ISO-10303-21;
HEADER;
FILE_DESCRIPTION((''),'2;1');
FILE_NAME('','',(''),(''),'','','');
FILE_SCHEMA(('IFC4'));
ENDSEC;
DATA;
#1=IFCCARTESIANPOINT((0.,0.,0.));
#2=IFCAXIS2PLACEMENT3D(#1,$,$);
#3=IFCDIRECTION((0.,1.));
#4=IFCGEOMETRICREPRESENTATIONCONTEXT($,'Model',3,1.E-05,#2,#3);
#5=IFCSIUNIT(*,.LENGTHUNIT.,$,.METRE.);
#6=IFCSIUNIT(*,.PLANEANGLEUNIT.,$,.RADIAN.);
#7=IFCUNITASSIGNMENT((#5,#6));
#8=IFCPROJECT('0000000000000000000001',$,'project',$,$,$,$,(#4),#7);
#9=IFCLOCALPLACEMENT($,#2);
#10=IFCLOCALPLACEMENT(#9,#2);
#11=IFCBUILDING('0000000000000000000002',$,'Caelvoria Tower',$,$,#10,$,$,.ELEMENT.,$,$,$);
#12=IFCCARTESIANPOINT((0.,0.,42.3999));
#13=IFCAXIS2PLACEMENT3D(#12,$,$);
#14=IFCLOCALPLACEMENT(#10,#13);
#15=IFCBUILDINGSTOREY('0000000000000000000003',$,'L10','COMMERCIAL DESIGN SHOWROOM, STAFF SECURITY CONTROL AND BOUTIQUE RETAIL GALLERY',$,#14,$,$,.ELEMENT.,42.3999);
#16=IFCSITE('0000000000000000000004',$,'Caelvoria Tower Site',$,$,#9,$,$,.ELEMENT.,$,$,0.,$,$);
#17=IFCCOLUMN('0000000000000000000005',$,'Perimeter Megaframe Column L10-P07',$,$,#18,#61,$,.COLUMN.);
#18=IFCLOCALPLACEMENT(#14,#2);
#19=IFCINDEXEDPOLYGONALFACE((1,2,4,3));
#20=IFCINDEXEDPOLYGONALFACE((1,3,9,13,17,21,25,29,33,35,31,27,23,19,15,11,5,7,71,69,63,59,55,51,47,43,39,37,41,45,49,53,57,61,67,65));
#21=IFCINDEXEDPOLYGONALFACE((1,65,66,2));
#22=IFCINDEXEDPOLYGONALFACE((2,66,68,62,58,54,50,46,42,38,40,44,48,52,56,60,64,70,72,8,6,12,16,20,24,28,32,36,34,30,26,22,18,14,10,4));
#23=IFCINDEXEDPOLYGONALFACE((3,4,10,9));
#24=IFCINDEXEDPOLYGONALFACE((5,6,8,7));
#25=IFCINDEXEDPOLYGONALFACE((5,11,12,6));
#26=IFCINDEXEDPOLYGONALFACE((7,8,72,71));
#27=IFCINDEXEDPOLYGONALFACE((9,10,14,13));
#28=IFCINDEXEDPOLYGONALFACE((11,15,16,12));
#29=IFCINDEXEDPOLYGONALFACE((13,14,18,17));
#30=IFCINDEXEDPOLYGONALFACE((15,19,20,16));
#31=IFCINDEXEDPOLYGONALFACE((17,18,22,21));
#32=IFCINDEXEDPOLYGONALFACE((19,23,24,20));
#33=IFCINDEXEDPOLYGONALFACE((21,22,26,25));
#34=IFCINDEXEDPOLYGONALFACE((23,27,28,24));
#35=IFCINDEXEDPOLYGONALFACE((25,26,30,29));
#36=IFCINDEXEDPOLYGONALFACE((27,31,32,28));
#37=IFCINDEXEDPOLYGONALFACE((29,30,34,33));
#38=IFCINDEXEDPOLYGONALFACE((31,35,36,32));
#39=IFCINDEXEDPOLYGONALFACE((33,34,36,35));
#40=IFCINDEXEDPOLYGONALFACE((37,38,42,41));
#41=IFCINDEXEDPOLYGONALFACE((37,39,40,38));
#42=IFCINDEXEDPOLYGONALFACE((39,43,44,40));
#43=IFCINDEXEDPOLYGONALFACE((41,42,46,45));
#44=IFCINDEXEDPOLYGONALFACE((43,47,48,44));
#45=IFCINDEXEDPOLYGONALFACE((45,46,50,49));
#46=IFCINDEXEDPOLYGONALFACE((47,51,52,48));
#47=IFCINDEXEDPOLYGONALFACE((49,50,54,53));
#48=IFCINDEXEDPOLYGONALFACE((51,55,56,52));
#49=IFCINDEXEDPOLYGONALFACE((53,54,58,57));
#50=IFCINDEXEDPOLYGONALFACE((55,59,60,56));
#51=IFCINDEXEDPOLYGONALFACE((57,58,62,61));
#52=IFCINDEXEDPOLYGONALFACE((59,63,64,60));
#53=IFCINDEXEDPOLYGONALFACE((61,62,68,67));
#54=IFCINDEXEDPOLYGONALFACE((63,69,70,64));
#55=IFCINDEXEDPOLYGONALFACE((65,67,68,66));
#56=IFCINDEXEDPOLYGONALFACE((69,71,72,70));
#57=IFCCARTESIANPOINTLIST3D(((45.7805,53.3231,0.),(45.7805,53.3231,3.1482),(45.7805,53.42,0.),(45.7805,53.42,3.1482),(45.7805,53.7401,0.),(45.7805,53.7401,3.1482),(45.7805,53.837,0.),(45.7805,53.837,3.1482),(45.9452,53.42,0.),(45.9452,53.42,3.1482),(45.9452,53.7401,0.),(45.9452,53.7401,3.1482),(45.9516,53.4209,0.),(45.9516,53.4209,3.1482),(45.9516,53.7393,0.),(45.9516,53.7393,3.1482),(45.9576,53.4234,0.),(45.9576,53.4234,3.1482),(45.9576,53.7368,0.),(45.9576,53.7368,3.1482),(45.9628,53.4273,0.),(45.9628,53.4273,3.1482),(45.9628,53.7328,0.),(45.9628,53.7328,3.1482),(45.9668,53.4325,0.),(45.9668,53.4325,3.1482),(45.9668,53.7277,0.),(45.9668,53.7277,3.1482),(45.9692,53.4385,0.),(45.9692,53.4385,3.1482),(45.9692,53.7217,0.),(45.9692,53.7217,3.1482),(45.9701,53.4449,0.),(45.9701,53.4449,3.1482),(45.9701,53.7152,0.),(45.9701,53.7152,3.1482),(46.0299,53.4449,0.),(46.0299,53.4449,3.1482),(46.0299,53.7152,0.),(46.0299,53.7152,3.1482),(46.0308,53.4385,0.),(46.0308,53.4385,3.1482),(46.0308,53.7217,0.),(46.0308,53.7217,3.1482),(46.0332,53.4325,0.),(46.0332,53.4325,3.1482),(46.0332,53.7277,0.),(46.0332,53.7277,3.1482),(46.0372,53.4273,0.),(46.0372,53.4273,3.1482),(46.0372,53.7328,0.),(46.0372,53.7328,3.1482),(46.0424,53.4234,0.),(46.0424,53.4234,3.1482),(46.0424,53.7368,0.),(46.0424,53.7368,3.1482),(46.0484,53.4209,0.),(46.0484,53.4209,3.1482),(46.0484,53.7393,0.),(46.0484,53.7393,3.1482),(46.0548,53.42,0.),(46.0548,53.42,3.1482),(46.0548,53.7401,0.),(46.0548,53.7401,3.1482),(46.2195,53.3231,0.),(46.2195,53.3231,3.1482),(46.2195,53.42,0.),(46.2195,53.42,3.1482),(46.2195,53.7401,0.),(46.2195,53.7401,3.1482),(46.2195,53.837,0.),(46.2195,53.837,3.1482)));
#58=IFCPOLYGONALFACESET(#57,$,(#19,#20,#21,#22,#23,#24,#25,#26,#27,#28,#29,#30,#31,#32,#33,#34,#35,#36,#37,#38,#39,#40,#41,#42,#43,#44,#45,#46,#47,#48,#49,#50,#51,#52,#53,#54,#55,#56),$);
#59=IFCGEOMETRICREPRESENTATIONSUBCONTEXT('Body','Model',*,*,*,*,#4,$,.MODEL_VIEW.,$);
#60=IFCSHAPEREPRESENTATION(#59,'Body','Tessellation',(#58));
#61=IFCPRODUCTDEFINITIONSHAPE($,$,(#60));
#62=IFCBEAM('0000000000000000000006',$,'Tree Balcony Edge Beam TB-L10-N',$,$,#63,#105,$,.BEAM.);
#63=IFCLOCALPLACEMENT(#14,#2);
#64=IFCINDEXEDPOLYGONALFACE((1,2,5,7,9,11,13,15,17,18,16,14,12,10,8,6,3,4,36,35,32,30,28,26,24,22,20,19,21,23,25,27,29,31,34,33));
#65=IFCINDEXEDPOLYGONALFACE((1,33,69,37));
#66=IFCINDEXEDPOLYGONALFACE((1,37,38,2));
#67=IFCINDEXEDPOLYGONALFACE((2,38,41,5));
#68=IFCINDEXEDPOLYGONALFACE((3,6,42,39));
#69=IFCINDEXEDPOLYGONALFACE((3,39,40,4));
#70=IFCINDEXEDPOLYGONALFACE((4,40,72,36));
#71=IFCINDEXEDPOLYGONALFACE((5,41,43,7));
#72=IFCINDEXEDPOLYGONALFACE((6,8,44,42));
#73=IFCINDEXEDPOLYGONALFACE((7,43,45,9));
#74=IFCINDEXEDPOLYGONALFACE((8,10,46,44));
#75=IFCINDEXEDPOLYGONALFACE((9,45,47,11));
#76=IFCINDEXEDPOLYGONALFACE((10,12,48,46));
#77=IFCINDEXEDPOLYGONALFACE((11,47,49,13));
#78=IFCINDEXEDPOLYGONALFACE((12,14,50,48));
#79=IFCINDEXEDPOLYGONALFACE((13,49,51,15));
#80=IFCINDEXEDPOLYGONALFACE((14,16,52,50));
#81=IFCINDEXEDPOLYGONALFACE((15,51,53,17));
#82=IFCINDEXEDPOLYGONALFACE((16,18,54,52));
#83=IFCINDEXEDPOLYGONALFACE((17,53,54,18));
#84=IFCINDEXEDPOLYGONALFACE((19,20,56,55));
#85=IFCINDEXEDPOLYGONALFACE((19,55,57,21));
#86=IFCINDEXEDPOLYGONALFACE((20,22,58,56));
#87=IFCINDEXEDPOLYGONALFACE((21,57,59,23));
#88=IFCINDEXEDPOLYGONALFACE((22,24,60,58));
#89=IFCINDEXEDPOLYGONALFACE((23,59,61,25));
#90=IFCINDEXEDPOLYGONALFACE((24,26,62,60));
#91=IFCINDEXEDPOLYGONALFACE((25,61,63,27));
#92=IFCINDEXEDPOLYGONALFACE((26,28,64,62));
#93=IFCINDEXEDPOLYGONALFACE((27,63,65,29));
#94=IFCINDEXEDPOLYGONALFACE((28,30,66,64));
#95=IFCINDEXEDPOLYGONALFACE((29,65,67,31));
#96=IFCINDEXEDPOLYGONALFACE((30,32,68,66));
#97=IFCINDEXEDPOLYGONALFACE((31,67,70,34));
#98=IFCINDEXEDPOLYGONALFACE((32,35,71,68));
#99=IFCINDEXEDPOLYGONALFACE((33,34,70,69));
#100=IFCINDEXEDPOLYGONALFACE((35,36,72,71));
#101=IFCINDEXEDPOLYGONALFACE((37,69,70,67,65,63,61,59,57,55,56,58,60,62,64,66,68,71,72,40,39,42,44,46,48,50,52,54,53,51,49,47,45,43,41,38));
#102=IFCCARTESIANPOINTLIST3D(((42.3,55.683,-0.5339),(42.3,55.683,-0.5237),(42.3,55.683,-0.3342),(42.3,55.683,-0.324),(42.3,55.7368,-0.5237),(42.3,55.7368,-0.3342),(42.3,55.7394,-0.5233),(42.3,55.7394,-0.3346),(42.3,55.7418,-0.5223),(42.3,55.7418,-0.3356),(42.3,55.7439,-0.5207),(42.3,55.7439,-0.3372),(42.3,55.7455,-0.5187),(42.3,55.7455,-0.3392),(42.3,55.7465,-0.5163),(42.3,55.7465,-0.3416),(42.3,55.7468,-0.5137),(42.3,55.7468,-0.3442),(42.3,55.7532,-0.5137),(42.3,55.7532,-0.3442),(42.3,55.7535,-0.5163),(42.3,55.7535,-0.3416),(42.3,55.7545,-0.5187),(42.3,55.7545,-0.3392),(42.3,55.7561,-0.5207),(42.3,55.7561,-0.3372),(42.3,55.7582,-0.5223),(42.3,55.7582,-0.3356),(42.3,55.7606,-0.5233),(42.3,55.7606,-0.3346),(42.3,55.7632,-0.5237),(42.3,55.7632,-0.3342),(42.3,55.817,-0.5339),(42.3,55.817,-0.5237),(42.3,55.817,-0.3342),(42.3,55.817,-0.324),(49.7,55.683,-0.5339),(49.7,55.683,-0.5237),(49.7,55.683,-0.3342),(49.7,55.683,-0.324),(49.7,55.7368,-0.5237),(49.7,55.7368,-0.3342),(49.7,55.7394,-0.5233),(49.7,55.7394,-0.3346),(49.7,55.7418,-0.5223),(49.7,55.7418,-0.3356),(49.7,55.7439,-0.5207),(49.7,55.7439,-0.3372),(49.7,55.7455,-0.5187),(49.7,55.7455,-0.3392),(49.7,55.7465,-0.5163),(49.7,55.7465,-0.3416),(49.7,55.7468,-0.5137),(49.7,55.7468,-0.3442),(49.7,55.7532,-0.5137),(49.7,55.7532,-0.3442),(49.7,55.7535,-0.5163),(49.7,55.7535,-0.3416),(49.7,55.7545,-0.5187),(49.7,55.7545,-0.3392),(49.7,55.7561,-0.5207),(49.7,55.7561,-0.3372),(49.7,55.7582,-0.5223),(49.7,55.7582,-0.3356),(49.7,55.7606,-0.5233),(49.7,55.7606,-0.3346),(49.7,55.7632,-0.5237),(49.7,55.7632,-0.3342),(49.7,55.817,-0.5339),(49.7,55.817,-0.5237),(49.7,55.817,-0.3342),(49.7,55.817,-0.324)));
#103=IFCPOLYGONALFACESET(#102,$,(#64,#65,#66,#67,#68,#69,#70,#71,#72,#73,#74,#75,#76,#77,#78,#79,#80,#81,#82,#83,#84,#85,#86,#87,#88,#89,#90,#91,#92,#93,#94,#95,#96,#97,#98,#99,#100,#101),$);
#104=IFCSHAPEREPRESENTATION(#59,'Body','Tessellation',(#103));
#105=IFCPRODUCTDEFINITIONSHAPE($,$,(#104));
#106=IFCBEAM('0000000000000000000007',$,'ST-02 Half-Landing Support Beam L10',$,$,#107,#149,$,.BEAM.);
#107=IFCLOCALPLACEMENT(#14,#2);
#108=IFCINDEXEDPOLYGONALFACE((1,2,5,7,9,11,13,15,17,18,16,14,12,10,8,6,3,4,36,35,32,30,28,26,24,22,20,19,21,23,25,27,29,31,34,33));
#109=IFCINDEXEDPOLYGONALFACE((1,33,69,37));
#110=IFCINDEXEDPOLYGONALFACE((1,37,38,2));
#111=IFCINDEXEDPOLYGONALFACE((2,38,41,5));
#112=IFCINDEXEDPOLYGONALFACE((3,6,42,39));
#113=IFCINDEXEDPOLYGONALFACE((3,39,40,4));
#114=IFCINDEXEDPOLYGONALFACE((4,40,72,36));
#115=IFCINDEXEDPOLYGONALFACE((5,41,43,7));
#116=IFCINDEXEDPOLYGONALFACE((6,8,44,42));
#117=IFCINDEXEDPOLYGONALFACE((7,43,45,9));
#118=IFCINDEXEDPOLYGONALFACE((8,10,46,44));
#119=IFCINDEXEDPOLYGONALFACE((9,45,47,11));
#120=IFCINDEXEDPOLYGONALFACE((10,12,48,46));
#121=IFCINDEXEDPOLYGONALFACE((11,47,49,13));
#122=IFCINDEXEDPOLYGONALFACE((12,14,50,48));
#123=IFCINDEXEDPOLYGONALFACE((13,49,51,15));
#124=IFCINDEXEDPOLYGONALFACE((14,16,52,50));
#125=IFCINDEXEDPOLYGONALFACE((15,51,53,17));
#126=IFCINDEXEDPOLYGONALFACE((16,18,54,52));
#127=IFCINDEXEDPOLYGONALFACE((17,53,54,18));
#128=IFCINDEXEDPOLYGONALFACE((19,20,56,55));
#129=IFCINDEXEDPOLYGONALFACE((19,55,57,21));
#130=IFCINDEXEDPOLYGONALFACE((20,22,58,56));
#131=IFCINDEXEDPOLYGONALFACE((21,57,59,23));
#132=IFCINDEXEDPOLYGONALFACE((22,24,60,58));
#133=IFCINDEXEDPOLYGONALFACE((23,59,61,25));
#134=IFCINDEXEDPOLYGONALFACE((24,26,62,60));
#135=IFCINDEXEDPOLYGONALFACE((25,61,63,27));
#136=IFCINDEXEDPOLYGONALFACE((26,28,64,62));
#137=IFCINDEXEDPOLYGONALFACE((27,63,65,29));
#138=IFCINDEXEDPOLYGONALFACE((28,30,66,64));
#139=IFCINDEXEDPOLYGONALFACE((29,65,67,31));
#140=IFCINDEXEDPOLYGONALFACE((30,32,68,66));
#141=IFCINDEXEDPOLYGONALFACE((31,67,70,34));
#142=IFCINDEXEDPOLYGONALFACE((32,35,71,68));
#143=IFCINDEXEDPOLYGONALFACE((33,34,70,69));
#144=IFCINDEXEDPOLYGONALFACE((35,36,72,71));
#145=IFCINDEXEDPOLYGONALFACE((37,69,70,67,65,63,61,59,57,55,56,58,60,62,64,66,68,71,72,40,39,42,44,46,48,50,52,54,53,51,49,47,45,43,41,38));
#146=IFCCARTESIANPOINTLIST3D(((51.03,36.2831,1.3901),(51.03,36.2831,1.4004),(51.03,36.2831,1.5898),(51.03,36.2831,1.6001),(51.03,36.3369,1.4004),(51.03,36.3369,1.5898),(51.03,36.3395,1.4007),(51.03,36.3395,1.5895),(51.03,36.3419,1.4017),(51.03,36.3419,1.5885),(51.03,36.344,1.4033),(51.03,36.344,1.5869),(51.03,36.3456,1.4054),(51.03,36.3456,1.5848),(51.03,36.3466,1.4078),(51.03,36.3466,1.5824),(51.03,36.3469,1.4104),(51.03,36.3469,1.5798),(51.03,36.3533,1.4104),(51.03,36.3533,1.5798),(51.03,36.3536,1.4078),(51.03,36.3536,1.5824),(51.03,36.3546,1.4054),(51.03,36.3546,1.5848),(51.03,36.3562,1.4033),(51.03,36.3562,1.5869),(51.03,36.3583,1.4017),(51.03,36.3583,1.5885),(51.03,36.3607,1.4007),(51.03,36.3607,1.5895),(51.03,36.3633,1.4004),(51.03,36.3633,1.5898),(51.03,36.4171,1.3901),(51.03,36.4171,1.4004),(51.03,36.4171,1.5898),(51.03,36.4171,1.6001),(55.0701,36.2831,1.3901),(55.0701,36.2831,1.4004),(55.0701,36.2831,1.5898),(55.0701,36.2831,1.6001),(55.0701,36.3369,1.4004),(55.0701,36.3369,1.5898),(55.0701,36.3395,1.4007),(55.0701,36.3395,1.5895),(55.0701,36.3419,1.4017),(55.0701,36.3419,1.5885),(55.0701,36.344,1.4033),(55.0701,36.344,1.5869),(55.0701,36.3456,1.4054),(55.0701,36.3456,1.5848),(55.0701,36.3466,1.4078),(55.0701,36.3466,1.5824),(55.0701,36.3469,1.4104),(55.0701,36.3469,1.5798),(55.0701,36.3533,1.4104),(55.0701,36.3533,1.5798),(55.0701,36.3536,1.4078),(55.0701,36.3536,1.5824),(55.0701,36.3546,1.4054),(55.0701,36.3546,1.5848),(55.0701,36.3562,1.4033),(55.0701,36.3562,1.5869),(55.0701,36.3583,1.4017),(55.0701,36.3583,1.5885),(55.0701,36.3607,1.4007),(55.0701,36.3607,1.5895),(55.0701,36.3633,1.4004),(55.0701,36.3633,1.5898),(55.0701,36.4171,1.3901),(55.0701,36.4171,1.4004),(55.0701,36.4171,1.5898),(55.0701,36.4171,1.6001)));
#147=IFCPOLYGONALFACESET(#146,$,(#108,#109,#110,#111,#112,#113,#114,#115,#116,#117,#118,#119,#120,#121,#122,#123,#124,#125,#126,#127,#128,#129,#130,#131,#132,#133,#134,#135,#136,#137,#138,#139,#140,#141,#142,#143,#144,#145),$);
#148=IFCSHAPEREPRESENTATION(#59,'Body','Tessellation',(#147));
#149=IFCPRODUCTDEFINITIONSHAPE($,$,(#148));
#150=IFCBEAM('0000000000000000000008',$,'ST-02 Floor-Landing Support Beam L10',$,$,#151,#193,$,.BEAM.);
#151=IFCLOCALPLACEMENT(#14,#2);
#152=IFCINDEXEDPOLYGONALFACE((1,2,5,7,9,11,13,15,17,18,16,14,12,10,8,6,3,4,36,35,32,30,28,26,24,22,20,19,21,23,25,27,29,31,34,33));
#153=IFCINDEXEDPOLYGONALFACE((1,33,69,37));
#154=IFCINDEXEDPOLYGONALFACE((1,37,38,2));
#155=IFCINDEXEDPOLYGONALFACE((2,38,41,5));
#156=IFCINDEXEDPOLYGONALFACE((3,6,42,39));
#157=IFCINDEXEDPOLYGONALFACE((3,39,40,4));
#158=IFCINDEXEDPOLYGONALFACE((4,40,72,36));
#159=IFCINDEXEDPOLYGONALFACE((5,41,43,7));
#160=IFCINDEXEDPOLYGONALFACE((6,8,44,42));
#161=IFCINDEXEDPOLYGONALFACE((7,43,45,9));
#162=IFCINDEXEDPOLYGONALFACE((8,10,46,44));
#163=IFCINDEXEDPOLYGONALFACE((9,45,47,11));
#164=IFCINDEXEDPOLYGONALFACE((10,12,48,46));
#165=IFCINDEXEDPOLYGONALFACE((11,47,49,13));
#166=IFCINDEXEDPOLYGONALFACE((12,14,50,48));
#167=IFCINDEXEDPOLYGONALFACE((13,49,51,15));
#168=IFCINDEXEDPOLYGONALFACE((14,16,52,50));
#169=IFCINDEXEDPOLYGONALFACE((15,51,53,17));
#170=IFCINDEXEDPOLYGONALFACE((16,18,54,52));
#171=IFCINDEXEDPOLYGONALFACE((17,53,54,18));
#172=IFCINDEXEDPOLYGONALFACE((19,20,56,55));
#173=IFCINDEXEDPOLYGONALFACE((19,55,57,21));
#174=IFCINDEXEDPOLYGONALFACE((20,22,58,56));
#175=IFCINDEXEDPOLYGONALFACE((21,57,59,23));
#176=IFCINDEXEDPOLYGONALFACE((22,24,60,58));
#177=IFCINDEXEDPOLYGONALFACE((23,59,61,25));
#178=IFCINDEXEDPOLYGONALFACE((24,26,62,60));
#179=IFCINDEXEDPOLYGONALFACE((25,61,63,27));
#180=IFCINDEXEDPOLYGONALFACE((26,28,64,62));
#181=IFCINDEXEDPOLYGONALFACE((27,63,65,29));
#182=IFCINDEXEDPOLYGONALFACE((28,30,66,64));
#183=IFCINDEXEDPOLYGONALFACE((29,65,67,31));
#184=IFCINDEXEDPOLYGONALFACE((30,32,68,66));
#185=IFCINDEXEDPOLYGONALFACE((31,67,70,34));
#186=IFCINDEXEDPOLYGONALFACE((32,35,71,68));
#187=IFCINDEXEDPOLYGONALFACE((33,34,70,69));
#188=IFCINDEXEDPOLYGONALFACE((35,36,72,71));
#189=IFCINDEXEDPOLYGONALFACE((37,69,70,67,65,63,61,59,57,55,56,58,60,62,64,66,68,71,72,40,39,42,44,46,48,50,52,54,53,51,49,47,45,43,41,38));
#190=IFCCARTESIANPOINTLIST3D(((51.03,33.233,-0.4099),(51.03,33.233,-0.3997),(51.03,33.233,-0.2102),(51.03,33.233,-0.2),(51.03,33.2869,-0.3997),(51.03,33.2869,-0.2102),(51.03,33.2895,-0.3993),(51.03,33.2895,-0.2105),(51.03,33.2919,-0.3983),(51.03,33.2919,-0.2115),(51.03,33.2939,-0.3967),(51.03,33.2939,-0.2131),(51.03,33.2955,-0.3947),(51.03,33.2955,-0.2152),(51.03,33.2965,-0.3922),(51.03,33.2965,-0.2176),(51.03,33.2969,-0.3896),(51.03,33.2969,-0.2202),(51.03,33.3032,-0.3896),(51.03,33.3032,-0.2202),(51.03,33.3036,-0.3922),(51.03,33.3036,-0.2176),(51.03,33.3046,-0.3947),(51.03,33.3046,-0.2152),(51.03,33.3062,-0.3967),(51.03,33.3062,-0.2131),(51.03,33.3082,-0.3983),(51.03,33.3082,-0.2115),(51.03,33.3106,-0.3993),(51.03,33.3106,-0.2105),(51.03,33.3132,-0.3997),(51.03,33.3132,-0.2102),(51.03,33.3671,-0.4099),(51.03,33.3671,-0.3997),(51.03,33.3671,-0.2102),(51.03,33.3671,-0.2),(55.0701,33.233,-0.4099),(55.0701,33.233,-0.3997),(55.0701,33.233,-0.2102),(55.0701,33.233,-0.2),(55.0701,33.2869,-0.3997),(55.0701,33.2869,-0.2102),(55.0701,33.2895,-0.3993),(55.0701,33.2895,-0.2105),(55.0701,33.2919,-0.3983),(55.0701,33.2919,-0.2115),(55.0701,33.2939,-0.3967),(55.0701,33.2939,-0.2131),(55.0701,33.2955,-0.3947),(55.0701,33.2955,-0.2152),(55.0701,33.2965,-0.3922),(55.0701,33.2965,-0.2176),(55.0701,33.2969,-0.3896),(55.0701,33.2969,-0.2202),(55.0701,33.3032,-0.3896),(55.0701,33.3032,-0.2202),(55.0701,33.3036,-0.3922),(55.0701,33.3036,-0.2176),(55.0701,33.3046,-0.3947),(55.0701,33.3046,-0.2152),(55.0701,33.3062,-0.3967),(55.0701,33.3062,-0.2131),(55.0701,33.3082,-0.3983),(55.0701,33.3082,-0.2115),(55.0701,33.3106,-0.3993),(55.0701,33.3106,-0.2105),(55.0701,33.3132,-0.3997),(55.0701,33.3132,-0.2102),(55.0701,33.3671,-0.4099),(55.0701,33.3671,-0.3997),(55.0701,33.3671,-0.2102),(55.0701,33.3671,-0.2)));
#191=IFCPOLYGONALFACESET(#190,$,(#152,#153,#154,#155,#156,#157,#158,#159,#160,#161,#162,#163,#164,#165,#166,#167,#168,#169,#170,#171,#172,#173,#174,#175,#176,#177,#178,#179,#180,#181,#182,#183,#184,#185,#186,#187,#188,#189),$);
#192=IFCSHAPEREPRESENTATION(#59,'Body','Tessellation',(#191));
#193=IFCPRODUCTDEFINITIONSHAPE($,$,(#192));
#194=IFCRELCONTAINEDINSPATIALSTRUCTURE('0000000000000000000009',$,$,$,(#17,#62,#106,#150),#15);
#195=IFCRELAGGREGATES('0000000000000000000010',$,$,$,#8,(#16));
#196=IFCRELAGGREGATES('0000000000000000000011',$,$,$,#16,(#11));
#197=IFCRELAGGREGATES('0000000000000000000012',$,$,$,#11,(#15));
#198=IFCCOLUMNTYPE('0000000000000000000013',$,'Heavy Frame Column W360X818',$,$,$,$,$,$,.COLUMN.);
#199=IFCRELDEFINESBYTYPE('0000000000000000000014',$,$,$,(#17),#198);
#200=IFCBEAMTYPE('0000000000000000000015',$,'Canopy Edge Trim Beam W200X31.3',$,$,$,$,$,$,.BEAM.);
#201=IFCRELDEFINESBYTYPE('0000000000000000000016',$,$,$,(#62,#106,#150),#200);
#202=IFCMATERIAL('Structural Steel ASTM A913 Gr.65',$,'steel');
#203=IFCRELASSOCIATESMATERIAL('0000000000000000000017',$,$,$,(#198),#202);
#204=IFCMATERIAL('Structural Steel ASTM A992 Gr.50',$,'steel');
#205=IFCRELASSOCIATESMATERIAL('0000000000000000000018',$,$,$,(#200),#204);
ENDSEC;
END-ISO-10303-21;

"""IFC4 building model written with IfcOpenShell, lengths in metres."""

from ifc_helpers import new_model, si_unit, direction, frame, origin, origin_2d, place, context, subcontext, project, spatial, i_section, extrude, material, material_profile, profile_set, type_object, element, save


model = new_model("IFC4")

# Units and contexts
model_context = context("Model", 3, precision=1e-05, world=origin(), true_north=direction((0.0, 1.0)))
body_context = subcontext(model_context, "Body", "Model", "MODEL_VIEW")
ifc_project = project(units=[si_unit("LENGTHUNIT", "METRE"), si_unit("PLANEANGLEUNIT", "RADIAN")], contexts=[model_context])

# Site, building, storey
site_placement = place(None, origin())
site = spatial("IfcSite", under=ifc_project, at=site_placement, Name="Caelvoria Tower Site", CompositionType="ELEMENT", RefElevation=0.0)
building_placement = place(site_placement, origin())
building = spatial("IfcBuilding", under=site, at=building_placement, Name="Caelvoria Tower", CompositionType="ELEMENT")
storey_placement = place(building_placement, frame((0.0, 0.0, 42.3999)))
storey = spatial("IfcBuildingStorey", under=building, at=storey_placement, Name="L10", Description="COMMERCIAL DESIGN SHOWROOM, STAFF SECURITY CONTROL AND BOUTIQUE RETAIL GALLERY", CompositionType="ELEMENT", Elevation=42.3999)

# Column
ifc_material_1 = material(Name="Structural Steel ASTM A913 Gr.65", Category="steel")
ifc_material_profile_1 = material_profile(ifc_material_1, i_section(OverallWidth=0.439, OverallDepth=0.5139, WebThickness=0.0598, FlangeThickness=0.0969, FilletRadius=0.0249, at=origin_2d()), Name="Structural Steel ASTM A913 Gr.65")
ifc_profile_set_1 = profile_set([ifc_material_profile_1], Name="W360X818 - Structural Steel ASTM A913 Gr.65")
column_type = type_object("IfcColumnType", Name="Heavy Frame Column W360X818", PredefinedType="COLUMN", material=ifc_profile_set_1)
column_placement = place(storey_placement, frame((46.0, 53.5801, 0.0), z_axis=(0.0, 0.0, 1.0), x_axis=(1.0, 0.0, 0.0)))
element("IfcColumn", 1, at=column_placement, inside=storey, type_object=column_type, Name="Perimeter Megaframe Column L10-P07", PredefinedType="COLUMN", context=body_context, shape_type="SweptSolid", body=[
    extrude(i_section(OverallWidth=0.439, OverallDepth=0.5139, WebThickness=0.0598, FlangeThickness=0.0969, FilletRadius=0.0249, at=origin_2d()), origin(), (0.0, 0.0, 1.0), 3.1482),
])

# Beams
ifc_material_2 = material(Name="Structural Steel ASTM A992 Gr.50", Category="steel")
ifc_material_profile_2 = material_profile(ifc_material_2, i_section(OverallWidth=0.134, OverallDepth=0.21, WebThickness=0.0063, FlangeThickness=0.0103, FilletRadius=0.01, at=origin_2d()), Name="Structural Steel ASTM A992 Gr.50")
ifc_profile_set_2 = profile_set([ifc_material_profile_2], Name="W200X31.3 - Structural Steel ASTM A992 Gr.50")
beam_type_1 = type_object("IfcBeamType", Name="Canopy Edge Trim Beam W200X31.3", PredefinedType="BEAM", material=ifc_profile_set_2)
beam_1_placement = place(storey_placement, frame((42.3, 55.75, -0.429), z_axis=(1.0, 0.0, 0.0), x_axis=(0.0, 1.0, 0.0)))
element("IfcBeam", 2, at=beam_1_placement, inside=storey, type_object=beam_type_1, Name="Tree Balcony Edge Beam TB-L10-N", PredefinedType="BEAM", context=body_context, shape_type="SweptSolid", body=[
    extrude(i_section(OverallWidth=0.134, OverallDepth=0.21, WebThickness=0.0063, FlangeThickness=0.0103, FilletRadius=0.01, at=origin_2d()), origin(), (0.0, 0.0, 1.0), 7.3999),
])
for number, where, z_axis, x_axis, name in (
    (3, (51.03, 36.3501, 1.4951), (1.0, 0.0, 0.0), (0.0, 1.0, 0.0), "ST-02 Half-Landing Support Beam L10"),
    (4, (51.03, 33.3, -0.3049), (1.0, 0.0, 0.0), (0.0, 1.0, 0.0), "ST-02 Floor-Landing Support Beam L10"),
):
    element("IfcBeam", number, at=place(storey_placement, frame(where, z_axis=z_axis, x_axis=x_axis)), inside=storey, type_object=beam_type_1, Name=name, PredefinedType="BEAM", context=body_context, shape_type="SweptSolid", body=[
        extrude(i_section(OverallWidth=0.134, OverallDepth=0.21, WebThickness=0.0063, FlangeThickness=0.0103, FilletRadius=0.01, at=origin_2d()), origin(), (0.0, 0.0, 1.0), 4.04),
    ])

save(model, "model.ifc")
